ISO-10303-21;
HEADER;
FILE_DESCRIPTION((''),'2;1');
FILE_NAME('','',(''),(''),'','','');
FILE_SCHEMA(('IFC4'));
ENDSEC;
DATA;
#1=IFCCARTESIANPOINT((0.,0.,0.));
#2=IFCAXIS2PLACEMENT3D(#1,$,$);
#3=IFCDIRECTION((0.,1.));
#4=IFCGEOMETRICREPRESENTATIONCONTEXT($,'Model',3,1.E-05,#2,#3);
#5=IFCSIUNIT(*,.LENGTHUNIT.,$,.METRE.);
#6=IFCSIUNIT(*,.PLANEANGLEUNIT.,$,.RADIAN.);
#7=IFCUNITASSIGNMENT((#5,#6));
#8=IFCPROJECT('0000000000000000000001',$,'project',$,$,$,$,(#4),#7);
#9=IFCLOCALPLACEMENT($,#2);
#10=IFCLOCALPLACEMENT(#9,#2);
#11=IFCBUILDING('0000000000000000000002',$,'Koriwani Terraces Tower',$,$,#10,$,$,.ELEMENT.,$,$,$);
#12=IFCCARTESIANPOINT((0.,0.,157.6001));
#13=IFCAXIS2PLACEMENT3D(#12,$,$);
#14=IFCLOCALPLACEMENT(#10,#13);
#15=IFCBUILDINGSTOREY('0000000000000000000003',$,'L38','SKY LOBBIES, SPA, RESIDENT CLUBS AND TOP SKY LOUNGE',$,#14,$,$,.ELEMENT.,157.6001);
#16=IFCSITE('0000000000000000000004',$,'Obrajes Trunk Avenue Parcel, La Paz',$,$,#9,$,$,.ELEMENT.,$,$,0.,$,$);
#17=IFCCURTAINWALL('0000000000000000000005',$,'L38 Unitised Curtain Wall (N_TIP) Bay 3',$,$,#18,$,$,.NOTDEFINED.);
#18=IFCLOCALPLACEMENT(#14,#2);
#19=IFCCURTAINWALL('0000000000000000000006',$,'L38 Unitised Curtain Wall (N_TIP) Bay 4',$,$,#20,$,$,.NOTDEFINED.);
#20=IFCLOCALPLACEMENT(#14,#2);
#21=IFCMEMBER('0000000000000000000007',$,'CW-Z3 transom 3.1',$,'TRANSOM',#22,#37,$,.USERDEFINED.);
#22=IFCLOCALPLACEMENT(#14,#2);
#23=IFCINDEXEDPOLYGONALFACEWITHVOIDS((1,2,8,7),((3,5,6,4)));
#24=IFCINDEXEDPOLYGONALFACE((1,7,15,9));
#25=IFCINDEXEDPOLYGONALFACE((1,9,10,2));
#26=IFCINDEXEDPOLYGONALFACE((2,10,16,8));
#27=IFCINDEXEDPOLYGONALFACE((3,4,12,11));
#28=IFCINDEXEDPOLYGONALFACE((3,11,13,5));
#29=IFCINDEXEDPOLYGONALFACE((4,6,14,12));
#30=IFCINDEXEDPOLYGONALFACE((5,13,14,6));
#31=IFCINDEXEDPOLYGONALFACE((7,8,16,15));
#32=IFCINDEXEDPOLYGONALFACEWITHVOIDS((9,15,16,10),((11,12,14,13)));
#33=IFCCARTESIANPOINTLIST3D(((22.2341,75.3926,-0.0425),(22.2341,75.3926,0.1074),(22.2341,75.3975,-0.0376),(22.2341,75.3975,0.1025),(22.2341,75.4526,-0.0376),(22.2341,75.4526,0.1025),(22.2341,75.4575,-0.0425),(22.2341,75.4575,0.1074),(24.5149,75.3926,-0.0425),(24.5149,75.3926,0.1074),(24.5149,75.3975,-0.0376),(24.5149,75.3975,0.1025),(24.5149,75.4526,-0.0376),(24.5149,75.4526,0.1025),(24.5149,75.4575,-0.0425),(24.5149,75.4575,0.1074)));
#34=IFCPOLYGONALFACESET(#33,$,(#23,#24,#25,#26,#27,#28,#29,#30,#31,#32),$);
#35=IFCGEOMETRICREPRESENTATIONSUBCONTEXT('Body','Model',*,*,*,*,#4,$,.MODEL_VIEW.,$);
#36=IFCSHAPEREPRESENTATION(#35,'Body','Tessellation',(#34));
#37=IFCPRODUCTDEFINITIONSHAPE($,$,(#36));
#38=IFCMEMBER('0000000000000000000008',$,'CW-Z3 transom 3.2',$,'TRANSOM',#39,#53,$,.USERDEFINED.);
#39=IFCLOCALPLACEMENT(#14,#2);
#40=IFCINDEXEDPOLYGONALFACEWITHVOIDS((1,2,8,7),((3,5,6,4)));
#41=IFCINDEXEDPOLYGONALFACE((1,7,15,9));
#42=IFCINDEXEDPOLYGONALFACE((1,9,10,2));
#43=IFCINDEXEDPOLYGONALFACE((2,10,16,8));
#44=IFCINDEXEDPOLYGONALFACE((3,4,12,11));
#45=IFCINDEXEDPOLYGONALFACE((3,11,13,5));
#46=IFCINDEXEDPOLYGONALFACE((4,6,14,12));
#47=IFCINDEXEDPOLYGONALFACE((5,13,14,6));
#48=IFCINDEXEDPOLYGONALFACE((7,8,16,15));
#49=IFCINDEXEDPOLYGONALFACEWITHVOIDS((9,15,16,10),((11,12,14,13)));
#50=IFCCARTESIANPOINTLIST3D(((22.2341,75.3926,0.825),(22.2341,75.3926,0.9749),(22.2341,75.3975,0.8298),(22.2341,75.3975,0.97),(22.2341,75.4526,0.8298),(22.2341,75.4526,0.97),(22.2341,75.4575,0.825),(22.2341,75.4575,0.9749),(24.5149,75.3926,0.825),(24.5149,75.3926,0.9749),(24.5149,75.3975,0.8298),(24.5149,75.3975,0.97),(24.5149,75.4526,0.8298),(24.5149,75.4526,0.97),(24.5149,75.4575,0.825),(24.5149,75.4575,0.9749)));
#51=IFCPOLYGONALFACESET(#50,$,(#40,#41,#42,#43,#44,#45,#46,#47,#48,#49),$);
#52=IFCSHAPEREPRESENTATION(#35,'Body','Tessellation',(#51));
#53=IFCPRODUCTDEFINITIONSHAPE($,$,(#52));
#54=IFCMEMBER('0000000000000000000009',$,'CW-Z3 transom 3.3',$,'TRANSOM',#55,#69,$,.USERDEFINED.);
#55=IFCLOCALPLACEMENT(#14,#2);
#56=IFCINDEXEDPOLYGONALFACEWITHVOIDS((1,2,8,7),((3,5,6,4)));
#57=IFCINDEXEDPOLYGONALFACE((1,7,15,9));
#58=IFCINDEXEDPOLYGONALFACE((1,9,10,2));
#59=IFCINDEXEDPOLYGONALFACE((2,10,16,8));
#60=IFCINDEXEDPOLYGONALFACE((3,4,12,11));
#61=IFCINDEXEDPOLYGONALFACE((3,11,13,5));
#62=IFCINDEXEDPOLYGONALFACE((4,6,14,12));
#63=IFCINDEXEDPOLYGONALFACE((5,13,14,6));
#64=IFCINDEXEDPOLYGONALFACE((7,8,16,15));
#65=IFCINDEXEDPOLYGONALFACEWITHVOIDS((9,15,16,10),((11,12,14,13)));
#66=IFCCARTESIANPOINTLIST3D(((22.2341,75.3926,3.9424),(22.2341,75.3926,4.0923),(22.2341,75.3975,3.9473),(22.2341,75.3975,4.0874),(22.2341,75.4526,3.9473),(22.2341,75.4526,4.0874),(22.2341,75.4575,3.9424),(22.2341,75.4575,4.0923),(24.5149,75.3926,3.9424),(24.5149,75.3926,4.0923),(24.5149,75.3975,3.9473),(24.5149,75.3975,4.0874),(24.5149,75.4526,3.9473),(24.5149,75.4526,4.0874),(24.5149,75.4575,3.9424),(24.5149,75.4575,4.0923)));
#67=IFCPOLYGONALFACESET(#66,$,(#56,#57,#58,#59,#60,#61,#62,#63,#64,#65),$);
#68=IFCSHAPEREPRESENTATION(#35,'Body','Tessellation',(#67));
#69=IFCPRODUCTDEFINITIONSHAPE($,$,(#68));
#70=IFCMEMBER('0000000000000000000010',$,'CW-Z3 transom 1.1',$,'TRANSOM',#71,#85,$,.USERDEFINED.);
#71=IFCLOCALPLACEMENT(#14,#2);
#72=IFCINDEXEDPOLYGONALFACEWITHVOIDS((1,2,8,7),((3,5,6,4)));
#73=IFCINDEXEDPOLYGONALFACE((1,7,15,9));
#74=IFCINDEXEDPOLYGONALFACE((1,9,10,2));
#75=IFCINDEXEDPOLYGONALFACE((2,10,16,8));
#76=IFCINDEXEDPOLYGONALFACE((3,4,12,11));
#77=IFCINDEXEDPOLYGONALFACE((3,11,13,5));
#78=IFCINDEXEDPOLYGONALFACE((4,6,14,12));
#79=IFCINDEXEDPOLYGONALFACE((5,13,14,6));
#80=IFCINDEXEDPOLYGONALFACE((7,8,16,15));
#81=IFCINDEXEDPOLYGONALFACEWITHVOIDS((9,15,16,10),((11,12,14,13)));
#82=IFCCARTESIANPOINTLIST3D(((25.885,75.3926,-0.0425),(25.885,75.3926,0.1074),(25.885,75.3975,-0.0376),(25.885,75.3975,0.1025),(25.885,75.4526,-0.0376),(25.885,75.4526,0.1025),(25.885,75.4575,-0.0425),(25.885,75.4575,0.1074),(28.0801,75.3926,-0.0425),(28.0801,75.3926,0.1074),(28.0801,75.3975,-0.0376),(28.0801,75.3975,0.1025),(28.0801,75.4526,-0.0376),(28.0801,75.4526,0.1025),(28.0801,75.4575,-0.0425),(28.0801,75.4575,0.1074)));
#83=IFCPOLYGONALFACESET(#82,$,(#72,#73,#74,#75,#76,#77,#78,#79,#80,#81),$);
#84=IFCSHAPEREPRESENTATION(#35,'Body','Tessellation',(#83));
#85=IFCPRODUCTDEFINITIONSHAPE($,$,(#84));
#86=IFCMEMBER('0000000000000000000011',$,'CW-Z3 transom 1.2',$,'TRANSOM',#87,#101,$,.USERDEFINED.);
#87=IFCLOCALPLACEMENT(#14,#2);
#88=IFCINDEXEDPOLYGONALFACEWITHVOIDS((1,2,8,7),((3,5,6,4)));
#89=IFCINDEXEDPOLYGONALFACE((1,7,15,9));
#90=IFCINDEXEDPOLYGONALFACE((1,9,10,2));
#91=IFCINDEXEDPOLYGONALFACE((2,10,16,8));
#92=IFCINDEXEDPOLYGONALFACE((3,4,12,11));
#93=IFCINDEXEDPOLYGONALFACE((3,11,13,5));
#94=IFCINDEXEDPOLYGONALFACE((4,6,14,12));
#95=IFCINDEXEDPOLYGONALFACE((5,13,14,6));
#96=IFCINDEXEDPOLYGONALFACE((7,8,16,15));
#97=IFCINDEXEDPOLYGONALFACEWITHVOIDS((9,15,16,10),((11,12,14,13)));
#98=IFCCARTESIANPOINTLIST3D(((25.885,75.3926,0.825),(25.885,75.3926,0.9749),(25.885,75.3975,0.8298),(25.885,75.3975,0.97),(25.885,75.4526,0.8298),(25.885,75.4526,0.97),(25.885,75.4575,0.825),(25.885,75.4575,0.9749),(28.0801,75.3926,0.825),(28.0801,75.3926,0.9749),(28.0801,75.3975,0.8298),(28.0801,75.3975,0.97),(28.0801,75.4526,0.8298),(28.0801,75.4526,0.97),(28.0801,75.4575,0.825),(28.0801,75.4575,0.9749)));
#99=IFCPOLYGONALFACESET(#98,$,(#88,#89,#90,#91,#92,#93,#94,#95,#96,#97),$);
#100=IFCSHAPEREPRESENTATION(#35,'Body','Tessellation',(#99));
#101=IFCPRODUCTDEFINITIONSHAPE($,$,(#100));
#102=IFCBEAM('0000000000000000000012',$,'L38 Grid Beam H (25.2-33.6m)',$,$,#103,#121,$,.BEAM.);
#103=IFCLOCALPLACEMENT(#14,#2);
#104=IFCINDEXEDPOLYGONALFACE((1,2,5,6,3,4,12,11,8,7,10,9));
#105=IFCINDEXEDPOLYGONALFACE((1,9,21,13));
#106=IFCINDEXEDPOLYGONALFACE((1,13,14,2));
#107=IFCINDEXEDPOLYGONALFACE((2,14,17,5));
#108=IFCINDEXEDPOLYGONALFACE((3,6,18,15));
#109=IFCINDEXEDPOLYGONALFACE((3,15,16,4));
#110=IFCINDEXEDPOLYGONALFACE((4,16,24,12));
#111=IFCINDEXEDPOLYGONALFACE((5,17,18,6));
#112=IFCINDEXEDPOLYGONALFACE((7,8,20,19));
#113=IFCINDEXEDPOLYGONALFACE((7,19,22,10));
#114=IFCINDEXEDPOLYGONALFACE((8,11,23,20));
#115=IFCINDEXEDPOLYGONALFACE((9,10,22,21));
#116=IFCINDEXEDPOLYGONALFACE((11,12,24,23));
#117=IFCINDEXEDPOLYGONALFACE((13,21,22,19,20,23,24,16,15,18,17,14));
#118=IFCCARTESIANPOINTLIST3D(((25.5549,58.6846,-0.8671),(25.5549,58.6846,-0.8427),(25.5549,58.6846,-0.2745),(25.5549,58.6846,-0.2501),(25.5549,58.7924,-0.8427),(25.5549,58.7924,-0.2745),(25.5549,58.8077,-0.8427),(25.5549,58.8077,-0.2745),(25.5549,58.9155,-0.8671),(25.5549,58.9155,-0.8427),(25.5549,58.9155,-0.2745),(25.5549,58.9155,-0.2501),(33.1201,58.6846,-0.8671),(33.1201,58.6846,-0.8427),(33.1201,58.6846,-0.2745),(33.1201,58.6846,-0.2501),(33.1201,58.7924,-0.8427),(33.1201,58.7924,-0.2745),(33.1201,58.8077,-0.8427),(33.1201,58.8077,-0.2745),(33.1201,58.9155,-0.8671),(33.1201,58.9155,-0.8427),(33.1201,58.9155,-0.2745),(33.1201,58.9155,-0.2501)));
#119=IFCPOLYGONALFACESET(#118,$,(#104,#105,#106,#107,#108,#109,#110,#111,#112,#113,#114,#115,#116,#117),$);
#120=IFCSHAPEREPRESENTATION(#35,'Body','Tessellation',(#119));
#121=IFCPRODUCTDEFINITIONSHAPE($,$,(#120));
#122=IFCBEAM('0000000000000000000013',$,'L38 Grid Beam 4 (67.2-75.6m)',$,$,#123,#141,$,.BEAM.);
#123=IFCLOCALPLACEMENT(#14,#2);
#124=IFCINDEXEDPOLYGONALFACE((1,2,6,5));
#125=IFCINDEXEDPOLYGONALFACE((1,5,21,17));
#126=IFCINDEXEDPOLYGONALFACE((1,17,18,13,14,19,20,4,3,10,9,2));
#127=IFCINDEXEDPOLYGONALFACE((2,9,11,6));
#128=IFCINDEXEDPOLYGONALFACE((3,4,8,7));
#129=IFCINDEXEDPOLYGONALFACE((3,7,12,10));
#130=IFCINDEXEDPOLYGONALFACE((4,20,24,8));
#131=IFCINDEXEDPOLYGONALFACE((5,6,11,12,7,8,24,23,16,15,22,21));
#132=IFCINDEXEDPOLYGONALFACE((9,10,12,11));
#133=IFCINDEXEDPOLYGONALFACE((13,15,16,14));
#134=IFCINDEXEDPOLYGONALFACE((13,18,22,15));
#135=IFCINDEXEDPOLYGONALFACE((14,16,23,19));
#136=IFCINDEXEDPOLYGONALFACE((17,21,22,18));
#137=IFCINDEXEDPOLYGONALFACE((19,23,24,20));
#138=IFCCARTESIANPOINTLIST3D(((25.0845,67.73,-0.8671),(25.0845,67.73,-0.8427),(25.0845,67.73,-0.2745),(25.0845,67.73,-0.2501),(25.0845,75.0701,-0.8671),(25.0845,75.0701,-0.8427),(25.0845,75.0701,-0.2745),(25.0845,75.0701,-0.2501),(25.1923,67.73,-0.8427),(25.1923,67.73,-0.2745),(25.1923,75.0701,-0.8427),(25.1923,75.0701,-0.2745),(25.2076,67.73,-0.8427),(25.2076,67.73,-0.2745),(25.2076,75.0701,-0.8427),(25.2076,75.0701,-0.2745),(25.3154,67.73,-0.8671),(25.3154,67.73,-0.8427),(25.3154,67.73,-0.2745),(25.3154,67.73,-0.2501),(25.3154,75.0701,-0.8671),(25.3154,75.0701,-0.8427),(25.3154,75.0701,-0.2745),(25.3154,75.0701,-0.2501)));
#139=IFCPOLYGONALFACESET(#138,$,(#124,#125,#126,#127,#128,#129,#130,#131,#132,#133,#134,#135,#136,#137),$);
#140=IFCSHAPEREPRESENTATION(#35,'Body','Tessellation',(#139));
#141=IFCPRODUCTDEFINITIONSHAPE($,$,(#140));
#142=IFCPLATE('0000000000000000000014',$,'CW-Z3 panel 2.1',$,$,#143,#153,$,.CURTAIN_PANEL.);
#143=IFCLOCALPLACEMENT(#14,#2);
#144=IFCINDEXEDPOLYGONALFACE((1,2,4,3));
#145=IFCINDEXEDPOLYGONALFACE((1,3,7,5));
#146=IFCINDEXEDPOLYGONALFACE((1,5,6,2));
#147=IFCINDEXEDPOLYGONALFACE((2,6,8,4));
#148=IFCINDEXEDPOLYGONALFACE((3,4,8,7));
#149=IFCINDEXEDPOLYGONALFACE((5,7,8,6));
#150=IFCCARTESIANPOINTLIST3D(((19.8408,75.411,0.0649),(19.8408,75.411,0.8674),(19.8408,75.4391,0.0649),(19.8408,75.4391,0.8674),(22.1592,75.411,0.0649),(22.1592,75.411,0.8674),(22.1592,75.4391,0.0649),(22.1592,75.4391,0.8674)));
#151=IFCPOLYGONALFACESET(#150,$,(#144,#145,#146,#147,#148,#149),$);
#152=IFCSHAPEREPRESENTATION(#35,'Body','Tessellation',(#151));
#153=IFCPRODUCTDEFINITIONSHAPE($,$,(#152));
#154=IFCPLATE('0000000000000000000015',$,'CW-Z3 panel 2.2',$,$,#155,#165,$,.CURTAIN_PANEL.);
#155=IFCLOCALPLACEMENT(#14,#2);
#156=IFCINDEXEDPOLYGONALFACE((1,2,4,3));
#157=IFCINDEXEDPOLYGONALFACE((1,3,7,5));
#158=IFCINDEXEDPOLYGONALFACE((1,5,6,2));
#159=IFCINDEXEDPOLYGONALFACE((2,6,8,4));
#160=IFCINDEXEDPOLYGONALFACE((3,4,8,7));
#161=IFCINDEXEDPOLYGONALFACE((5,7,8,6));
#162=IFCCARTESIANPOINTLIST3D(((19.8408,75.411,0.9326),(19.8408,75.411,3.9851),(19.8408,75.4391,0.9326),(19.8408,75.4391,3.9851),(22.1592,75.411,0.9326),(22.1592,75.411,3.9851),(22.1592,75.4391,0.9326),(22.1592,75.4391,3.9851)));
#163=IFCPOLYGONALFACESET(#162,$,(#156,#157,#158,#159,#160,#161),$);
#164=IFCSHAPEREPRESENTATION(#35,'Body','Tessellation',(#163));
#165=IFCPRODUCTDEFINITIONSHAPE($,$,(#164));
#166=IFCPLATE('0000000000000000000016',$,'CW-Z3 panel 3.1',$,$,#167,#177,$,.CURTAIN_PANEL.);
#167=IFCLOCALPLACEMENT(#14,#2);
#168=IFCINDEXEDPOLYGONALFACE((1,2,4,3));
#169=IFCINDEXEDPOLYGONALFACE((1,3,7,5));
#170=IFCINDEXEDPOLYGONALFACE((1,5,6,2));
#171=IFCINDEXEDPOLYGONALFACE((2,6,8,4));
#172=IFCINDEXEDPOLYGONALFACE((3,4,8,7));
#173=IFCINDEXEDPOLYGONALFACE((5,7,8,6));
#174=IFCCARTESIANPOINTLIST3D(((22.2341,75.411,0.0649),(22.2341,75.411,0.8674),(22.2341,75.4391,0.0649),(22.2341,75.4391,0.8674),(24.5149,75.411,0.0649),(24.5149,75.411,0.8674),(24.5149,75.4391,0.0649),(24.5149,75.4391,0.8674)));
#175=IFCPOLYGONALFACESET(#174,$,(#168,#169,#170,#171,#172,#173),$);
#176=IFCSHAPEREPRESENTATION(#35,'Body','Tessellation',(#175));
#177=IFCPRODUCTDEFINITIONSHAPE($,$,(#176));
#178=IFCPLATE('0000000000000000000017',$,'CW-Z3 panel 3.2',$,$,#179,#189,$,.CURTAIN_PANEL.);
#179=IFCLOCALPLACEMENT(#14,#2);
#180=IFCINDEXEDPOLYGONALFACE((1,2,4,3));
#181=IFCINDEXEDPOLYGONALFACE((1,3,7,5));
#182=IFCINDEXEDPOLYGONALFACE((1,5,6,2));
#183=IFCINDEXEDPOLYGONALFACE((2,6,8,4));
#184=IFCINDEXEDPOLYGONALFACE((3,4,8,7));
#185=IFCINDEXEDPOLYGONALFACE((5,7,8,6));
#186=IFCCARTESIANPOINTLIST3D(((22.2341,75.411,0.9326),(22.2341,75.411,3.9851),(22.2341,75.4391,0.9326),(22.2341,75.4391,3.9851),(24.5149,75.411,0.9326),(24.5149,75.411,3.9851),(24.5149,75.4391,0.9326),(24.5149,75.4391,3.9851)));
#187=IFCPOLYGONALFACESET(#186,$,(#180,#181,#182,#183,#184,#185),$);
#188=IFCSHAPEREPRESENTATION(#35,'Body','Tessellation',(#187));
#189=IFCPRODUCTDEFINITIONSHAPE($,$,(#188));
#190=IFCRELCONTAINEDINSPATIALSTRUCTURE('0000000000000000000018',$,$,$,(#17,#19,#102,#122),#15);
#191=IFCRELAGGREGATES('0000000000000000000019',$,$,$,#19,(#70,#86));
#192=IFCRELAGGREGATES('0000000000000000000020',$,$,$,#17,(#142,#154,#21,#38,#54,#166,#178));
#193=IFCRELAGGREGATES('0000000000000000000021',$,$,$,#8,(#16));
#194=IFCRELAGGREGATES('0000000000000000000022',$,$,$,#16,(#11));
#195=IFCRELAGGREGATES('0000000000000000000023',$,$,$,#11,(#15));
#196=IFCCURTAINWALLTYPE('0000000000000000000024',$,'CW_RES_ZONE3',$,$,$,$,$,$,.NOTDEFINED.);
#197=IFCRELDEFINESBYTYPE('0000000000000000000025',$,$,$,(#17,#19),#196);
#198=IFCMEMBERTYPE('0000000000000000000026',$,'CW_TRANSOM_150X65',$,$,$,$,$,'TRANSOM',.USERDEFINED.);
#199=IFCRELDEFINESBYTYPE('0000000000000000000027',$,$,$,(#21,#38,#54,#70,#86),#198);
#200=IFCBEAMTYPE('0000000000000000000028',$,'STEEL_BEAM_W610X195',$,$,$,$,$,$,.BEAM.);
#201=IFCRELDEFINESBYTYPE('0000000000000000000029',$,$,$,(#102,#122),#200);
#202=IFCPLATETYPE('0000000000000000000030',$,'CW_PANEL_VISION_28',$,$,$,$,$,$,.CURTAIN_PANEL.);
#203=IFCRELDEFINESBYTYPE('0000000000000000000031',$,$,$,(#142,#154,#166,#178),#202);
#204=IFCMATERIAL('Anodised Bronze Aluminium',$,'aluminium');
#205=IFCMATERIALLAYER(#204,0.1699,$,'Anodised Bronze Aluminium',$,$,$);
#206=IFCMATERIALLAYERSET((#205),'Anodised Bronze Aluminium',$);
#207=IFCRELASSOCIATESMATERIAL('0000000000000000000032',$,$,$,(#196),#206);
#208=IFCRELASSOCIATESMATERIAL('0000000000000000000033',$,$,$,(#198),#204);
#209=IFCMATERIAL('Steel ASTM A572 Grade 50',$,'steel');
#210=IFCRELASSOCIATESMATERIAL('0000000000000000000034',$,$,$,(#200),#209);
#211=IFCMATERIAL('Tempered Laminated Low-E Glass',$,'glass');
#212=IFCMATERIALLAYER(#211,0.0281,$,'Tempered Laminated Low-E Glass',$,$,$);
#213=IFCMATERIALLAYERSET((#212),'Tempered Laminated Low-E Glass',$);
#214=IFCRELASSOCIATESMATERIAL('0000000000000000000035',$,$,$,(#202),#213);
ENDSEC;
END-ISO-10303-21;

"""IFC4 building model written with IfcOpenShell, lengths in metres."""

from ifc_helpers import new_model, si_unit, direction, frame, origin, origin_2d, place, context, subcontext, project, spatial, rectangle, hollow_rectangle, i_section, extrude, material, layer, layer_set, material_profile, profile_set, type_object, element, aggregate, save


model = new_model("IFC4")

# Units and contexts
model_context = context("Model", 3, precision=1e-05, world=origin(), true_north=direction((0.0, 1.0)))
body_context = subcontext(model_context, "Body", "Model", "MODEL_VIEW")
ifc_project = project(units=[si_unit("LENGTHUNIT", "METRE"), si_unit("PLANEANGLEUNIT", "RADIAN")], contexts=[model_context])

# Site, building, storey
site_placement = place(None, origin())
site = spatial("IfcSite", under=ifc_project, at=site_placement, Name="Obrajes Trunk Avenue Parcel, La Paz", CompositionType="ELEMENT", RefElevation=0.0)
building_placement = place(site_placement, origin())
building = spatial("IfcBuilding", under=site, at=building_placement, Name="Koriwani Terraces Tower", CompositionType="ELEMENT")
storey_placement = place(building_placement, frame((0.0, 0.0, 157.6001)))
storey = spatial("IfcBuildingStorey", under=building, at=storey_placement, Name="L38", Description="SKY LOBBIES, SPA, RESIDENT CLUBS AND TOP SKY LOUNGE", CompositionType="ELEMENT", Elevation=157.6001)

# Curtain wall
ifc_material_1 = material(Name="Anodised Bronze Aluminium", Category="aluminium")
ifc_layer_1 = layer(ifc_material_1, 0.1699, Name="Anodised Bronze Aluminium")
ifc_layer_set_1 = layer_set([ifc_layer_1], Name="Anodised Bronze Aluminium")
curtain_wall_type = type_object("IfcCurtainWallType", Name="CW_RES_ZONE3", PredefinedType="NOTDEFINED", material=ifc_layer_set_1)
curtain_wall_1_placement = place(storey_placement, origin())
curtain_wall_1 = element("IfcCurtainWall", 1, at=curtain_wall_1_placement, inside=storey, type_object=curtain_wall_type, Name="L38 Unitised Curtain Wall (N_TIP) Bay 3", PredefinedType="NOTDEFINED")

# Curtain wall
curtain_wall_2_placement = place(storey_placement, origin())
curtain_wall_2 = element("IfcCurtainWall", 2, at=curtain_wall_2_placement, inside=storey, type_object=curtain_wall_type, Name="L38 Unitised Curtain Wall (N_TIP) Bay 4", PredefinedType="NOTDEFINED")

# Members
ifc_material_profile_1 = material_profile(ifc_material_1, hollow_rectangle(XDim=0.0649, YDim=0.1499, WallThickness=0.0049, at=origin_2d()), Name="Anodised Bronze Aluminium", Category="LoadBearing")
ifc_profile_set_1 = profile_set([ifc_material_profile_1], Name="Anodised Bronze Aluminium")
member_type_1 = type_object("IfcMemberType", Name="CW_TRANSOM_150X65", ElementType="TRANSOM", PredefinedType="USERDEFINED", material=ifc_profile_set_1)
member_1_placement = place(storey_placement, frame((22.2341, 75.425, 0.0325), z_axis=(1.0, 0.0, 0.0), x_axis=(0.0, 1.0, 0.0)))
member_1 = element("IfcMember", 3, at=member_1_placement, type_object=member_type_1, Name="CW-Z3 transom 3.1", ObjectType="TRANSOM", PredefinedType="USERDEFINED", context=body_context, shape_type="SweptSolid", body=[
    extrude(hollow_rectangle(XDim=0.0649, YDim=0.1499, WallThickness=0.0049, at=origin_2d()), origin(), (0.0, 0.0, 1.0), 2.2808),
])
member_2_placement = place(storey_placement, frame((22.2341, 75.425, 0.8999), z_axis=(1.0, 0.0, 0.0), x_axis=(0.0, 1.0, 0.0)))
member_2 = element("IfcMember", 4, at=member_2_placement, type_object=member_type_1, Name="CW-Z3 transom 3.2", ObjectType="TRANSOM", PredefinedType="USERDEFINED", context=body_context, shape_type="SweptSolid", body=[
    extrude(hollow_rectangle(XDim=0.0649, YDim=0.1499, WallThickness=0.0049, at=origin_2d()), origin(), (0.0, 0.0, 1.0), 2.2808),
])
member_3_placement = place(storey_placement, frame((22.2341, 75.425, 4.0173), z_axis=(1.0, 0.0, 0.0), x_axis=(0.0, 1.0, 0.0)))
member_3 = element("IfcMember", 5, at=member_3_placement, type_object=member_type_1, Name="CW-Z3 transom 3.3", ObjectType="TRANSOM", PredefinedType="USERDEFINED", context=body_context, shape_type="SweptSolid", body=[
    extrude(hollow_rectangle(XDim=0.0649, YDim=0.1499, WallThickness=0.0049, at=origin_2d()), origin(), (0.0, 0.0, 1.0), 2.2808),
])
member_4_placement = place(storey_placement, frame((25.885, 75.425, 0.0325), z_axis=(1.0, 0.0, 0.0), x_axis=(0.0, 1.0, 0.0)))
member_4 = element("IfcMember", 6, at=member_4_placement, type_object=member_type_1, Name="CW-Z3 transom 1.1", ObjectType="TRANSOM", PredefinedType="USERDEFINED", context=body_context, shape_type="SweptSolid", body=[
    extrude(hollow_rectangle(XDim=0.0649, YDim=0.1499, WallThickness=0.0049, at=origin_2d()), origin(), (0.0, 0.0, 1.0), 2.1951),
])
member_5_placement = place(storey_placement, frame((25.885, 75.425, 0.8999), z_axis=(1.0, 0.0, 0.0), x_axis=(0.0, 1.0, 0.0)))
member_5 = element("IfcMember", 7, at=member_5_placement, type_object=member_type_1, Name="CW-Z3 transom 1.2", ObjectType="TRANSOM", PredefinedType="USERDEFINED", context=body_context, shape_type="SweptSolid", body=[
    extrude(hollow_rectangle(XDim=0.0649, YDim=0.1499, WallThickness=0.0049, at=origin_2d()), origin(), (0.0, 0.0, 1.0), 2.1951),
])
aggregate(curtain_wall_2, [member_4, member_5])

# Beams
ifc_material_2 = material(Name="Steel ASTM A572 Grade 50", Category="steel")
ifc_material_profile_2 = material_profile(ifc_material_2, i_section(OverallWidth=0.231, OverallDepth=0.6169, WebThickness=0.0154, FlangeThickness=0.0244, at=origin_2d()), Name="Steel ASTM A572 Grade 50", Category="LoadBearing")
ifc_profile_set_2 = profile_set([ifc_material_profile_2], Name="Steel ASTM A572 Grade 50")
beam_type_1 = type_object("IfcBeamType", Name="STEEL_BEAM_W610X195", PredefinedType="BEAM", material=ifc_profile_set_2)
beam_1_placement = place(storey_placement, frame((25.5549, 58.8, -0.5586), z_axis=(1.0, 0.0, 0.0), x_axis=(0.0, 1.0, 0.0)))
element("IfcBeam", 8, at=beam_1_placement, inside=storey, type_object=beam_type_1, Name="L38 Grid Beam H (25.2-33.6m)", PredefinedType="BEAM", context=body_context, shape_type="SweptSolid", body=[
    extrude(i_section(OverallWidth=0.231, OverallDepth=0.6169, WebThickness=0.0154, FlangeThickness=0.0244, at=origin_2d()), origin(), (0.0, 0.0, 1.0), 7.5652),
])
beam_2_placement = place(storey_placement, frame((25.2, 67.73, -0.5586), z_axis=(0.0, 1.0, 0.0), x_axis=(-1.0, 0.0, 0.0)))
element("IfcBeam", 9, at=beam_2_placement, inside=storey, type_object=beam_type_1, Name="L38 Grid Beam 4 (67.2-75.6m)", PredefinedType="BEAM", context=body_context, shape_type="SweptSolid", body=[
    extrude(i_section(OverallWidth=0.231, OverallDepth=0.6169, WebThickness=0.0154, FlangeThickness=0.0244, at=origin_2d()), origin(), (0.0, 0.0, 1.0), 7.3401),
])

# Plates
ifc_material_3 = material(Name="Tempered Laminated Low-E Glass", Category="glass")
ifc_layer_2 = layer(ifc_material_3, 0.0281, Name="Tempered Laminated Low-E Glass")
ifc_layer_set_2 = layer_set([ifc_layer_2], Name="Tempered Laminated Low-E Glass")
plate_type = type_object("IfcPlateType", Name="CW_PANEL_VISION_28", PredefinedType="CURTAIN_PANEL", material=ifc_layer_set_2)
plate_1_placement = place(storey_placement, frame((21.0, 75.425, 0.0649), z_axis=(0.0, 0.0, 1.0), x_axis=(1.0, 0.0, 0.0)))
plate_1 = element("IfcPlate", 10, at=plate_1_placement, type_object=plate_type, Name="CW-Z3 panel 2.1", PredefinedType="CURTAIN_PANEL", context=body_context, shape_type="SweptSolid", body=[
    extrude(rectangle(XDim=2.3184, YDim=0.0281, at=origin_2d()), origin(), (0.0, 0.0, 1.0), 0.8025),
])
plate_2_placement = place(storey_placement, frame((21.0, 75.425, 0.9326), z_axis=(0.0, 0.0, 1.0), x_axis=(1.0, 0.0, 0.0)))
plate_2 = element("IfcPlate", 11, at=plate_2_placement, type_object=plate_type, Name="CW-Z3 panel 2.2", PredefinedType="CURTAIN_PANEL", context=body_context, shape_type="SweptSolid", body=[
    extrude(rectangle(XDim=2.3184, YDim=0.0281, at=origin_2d()), origin(), (0.0, 0.0, 1.0), 3.0525),
])
plate_3_placement = place(storey_placement, frame((23.3745, 75.425, 0.0649), z_axis=(0.0, 0.0, 1.0), x_axis=(1.0, 0.0, 0.0)))
plate_3 = element("IfcPlate", 12, at=plate_3_placement, type_object=plate_type, Name="CW-Z3 panel 3.1", PredefinedType="CURTAIN_PANEL", context=body_context, shape_type="SweptSolid", body=[
    extrude(rectangle(XDim=2.2808, YDim=0.0281, at=origin_2d()), origin(), (0.0, 0.0, 1.0), 0.8025),
])
plate_4_placement = place(storey_placement, frame((23.3745, 75.425, 0.9326), z_axis=(0.0, 0.0, 1.0), x_axis=(1.0, 0.0, 0.0)))
plate_4 = element("IfcPlate", 13, at=plate_4_placement, type_object=plate_type, Name="CW-Z3 panel 3.2", PredefinedType="CURTAIN_PANEL", context=body_context, shape_type="SweptSolid", body=[
    extrude(rectangle(XDim=2.2808, YDim=0.0281, at=origin_2d()), origin(), (0.0, 0.0, 1.0), 3.0525),
])
aggregate(curtain_wall_1, [plate_1, plate_2, member_1, member_2, member_3, plate_3, plate_4])

save(model, "model.ifc")
